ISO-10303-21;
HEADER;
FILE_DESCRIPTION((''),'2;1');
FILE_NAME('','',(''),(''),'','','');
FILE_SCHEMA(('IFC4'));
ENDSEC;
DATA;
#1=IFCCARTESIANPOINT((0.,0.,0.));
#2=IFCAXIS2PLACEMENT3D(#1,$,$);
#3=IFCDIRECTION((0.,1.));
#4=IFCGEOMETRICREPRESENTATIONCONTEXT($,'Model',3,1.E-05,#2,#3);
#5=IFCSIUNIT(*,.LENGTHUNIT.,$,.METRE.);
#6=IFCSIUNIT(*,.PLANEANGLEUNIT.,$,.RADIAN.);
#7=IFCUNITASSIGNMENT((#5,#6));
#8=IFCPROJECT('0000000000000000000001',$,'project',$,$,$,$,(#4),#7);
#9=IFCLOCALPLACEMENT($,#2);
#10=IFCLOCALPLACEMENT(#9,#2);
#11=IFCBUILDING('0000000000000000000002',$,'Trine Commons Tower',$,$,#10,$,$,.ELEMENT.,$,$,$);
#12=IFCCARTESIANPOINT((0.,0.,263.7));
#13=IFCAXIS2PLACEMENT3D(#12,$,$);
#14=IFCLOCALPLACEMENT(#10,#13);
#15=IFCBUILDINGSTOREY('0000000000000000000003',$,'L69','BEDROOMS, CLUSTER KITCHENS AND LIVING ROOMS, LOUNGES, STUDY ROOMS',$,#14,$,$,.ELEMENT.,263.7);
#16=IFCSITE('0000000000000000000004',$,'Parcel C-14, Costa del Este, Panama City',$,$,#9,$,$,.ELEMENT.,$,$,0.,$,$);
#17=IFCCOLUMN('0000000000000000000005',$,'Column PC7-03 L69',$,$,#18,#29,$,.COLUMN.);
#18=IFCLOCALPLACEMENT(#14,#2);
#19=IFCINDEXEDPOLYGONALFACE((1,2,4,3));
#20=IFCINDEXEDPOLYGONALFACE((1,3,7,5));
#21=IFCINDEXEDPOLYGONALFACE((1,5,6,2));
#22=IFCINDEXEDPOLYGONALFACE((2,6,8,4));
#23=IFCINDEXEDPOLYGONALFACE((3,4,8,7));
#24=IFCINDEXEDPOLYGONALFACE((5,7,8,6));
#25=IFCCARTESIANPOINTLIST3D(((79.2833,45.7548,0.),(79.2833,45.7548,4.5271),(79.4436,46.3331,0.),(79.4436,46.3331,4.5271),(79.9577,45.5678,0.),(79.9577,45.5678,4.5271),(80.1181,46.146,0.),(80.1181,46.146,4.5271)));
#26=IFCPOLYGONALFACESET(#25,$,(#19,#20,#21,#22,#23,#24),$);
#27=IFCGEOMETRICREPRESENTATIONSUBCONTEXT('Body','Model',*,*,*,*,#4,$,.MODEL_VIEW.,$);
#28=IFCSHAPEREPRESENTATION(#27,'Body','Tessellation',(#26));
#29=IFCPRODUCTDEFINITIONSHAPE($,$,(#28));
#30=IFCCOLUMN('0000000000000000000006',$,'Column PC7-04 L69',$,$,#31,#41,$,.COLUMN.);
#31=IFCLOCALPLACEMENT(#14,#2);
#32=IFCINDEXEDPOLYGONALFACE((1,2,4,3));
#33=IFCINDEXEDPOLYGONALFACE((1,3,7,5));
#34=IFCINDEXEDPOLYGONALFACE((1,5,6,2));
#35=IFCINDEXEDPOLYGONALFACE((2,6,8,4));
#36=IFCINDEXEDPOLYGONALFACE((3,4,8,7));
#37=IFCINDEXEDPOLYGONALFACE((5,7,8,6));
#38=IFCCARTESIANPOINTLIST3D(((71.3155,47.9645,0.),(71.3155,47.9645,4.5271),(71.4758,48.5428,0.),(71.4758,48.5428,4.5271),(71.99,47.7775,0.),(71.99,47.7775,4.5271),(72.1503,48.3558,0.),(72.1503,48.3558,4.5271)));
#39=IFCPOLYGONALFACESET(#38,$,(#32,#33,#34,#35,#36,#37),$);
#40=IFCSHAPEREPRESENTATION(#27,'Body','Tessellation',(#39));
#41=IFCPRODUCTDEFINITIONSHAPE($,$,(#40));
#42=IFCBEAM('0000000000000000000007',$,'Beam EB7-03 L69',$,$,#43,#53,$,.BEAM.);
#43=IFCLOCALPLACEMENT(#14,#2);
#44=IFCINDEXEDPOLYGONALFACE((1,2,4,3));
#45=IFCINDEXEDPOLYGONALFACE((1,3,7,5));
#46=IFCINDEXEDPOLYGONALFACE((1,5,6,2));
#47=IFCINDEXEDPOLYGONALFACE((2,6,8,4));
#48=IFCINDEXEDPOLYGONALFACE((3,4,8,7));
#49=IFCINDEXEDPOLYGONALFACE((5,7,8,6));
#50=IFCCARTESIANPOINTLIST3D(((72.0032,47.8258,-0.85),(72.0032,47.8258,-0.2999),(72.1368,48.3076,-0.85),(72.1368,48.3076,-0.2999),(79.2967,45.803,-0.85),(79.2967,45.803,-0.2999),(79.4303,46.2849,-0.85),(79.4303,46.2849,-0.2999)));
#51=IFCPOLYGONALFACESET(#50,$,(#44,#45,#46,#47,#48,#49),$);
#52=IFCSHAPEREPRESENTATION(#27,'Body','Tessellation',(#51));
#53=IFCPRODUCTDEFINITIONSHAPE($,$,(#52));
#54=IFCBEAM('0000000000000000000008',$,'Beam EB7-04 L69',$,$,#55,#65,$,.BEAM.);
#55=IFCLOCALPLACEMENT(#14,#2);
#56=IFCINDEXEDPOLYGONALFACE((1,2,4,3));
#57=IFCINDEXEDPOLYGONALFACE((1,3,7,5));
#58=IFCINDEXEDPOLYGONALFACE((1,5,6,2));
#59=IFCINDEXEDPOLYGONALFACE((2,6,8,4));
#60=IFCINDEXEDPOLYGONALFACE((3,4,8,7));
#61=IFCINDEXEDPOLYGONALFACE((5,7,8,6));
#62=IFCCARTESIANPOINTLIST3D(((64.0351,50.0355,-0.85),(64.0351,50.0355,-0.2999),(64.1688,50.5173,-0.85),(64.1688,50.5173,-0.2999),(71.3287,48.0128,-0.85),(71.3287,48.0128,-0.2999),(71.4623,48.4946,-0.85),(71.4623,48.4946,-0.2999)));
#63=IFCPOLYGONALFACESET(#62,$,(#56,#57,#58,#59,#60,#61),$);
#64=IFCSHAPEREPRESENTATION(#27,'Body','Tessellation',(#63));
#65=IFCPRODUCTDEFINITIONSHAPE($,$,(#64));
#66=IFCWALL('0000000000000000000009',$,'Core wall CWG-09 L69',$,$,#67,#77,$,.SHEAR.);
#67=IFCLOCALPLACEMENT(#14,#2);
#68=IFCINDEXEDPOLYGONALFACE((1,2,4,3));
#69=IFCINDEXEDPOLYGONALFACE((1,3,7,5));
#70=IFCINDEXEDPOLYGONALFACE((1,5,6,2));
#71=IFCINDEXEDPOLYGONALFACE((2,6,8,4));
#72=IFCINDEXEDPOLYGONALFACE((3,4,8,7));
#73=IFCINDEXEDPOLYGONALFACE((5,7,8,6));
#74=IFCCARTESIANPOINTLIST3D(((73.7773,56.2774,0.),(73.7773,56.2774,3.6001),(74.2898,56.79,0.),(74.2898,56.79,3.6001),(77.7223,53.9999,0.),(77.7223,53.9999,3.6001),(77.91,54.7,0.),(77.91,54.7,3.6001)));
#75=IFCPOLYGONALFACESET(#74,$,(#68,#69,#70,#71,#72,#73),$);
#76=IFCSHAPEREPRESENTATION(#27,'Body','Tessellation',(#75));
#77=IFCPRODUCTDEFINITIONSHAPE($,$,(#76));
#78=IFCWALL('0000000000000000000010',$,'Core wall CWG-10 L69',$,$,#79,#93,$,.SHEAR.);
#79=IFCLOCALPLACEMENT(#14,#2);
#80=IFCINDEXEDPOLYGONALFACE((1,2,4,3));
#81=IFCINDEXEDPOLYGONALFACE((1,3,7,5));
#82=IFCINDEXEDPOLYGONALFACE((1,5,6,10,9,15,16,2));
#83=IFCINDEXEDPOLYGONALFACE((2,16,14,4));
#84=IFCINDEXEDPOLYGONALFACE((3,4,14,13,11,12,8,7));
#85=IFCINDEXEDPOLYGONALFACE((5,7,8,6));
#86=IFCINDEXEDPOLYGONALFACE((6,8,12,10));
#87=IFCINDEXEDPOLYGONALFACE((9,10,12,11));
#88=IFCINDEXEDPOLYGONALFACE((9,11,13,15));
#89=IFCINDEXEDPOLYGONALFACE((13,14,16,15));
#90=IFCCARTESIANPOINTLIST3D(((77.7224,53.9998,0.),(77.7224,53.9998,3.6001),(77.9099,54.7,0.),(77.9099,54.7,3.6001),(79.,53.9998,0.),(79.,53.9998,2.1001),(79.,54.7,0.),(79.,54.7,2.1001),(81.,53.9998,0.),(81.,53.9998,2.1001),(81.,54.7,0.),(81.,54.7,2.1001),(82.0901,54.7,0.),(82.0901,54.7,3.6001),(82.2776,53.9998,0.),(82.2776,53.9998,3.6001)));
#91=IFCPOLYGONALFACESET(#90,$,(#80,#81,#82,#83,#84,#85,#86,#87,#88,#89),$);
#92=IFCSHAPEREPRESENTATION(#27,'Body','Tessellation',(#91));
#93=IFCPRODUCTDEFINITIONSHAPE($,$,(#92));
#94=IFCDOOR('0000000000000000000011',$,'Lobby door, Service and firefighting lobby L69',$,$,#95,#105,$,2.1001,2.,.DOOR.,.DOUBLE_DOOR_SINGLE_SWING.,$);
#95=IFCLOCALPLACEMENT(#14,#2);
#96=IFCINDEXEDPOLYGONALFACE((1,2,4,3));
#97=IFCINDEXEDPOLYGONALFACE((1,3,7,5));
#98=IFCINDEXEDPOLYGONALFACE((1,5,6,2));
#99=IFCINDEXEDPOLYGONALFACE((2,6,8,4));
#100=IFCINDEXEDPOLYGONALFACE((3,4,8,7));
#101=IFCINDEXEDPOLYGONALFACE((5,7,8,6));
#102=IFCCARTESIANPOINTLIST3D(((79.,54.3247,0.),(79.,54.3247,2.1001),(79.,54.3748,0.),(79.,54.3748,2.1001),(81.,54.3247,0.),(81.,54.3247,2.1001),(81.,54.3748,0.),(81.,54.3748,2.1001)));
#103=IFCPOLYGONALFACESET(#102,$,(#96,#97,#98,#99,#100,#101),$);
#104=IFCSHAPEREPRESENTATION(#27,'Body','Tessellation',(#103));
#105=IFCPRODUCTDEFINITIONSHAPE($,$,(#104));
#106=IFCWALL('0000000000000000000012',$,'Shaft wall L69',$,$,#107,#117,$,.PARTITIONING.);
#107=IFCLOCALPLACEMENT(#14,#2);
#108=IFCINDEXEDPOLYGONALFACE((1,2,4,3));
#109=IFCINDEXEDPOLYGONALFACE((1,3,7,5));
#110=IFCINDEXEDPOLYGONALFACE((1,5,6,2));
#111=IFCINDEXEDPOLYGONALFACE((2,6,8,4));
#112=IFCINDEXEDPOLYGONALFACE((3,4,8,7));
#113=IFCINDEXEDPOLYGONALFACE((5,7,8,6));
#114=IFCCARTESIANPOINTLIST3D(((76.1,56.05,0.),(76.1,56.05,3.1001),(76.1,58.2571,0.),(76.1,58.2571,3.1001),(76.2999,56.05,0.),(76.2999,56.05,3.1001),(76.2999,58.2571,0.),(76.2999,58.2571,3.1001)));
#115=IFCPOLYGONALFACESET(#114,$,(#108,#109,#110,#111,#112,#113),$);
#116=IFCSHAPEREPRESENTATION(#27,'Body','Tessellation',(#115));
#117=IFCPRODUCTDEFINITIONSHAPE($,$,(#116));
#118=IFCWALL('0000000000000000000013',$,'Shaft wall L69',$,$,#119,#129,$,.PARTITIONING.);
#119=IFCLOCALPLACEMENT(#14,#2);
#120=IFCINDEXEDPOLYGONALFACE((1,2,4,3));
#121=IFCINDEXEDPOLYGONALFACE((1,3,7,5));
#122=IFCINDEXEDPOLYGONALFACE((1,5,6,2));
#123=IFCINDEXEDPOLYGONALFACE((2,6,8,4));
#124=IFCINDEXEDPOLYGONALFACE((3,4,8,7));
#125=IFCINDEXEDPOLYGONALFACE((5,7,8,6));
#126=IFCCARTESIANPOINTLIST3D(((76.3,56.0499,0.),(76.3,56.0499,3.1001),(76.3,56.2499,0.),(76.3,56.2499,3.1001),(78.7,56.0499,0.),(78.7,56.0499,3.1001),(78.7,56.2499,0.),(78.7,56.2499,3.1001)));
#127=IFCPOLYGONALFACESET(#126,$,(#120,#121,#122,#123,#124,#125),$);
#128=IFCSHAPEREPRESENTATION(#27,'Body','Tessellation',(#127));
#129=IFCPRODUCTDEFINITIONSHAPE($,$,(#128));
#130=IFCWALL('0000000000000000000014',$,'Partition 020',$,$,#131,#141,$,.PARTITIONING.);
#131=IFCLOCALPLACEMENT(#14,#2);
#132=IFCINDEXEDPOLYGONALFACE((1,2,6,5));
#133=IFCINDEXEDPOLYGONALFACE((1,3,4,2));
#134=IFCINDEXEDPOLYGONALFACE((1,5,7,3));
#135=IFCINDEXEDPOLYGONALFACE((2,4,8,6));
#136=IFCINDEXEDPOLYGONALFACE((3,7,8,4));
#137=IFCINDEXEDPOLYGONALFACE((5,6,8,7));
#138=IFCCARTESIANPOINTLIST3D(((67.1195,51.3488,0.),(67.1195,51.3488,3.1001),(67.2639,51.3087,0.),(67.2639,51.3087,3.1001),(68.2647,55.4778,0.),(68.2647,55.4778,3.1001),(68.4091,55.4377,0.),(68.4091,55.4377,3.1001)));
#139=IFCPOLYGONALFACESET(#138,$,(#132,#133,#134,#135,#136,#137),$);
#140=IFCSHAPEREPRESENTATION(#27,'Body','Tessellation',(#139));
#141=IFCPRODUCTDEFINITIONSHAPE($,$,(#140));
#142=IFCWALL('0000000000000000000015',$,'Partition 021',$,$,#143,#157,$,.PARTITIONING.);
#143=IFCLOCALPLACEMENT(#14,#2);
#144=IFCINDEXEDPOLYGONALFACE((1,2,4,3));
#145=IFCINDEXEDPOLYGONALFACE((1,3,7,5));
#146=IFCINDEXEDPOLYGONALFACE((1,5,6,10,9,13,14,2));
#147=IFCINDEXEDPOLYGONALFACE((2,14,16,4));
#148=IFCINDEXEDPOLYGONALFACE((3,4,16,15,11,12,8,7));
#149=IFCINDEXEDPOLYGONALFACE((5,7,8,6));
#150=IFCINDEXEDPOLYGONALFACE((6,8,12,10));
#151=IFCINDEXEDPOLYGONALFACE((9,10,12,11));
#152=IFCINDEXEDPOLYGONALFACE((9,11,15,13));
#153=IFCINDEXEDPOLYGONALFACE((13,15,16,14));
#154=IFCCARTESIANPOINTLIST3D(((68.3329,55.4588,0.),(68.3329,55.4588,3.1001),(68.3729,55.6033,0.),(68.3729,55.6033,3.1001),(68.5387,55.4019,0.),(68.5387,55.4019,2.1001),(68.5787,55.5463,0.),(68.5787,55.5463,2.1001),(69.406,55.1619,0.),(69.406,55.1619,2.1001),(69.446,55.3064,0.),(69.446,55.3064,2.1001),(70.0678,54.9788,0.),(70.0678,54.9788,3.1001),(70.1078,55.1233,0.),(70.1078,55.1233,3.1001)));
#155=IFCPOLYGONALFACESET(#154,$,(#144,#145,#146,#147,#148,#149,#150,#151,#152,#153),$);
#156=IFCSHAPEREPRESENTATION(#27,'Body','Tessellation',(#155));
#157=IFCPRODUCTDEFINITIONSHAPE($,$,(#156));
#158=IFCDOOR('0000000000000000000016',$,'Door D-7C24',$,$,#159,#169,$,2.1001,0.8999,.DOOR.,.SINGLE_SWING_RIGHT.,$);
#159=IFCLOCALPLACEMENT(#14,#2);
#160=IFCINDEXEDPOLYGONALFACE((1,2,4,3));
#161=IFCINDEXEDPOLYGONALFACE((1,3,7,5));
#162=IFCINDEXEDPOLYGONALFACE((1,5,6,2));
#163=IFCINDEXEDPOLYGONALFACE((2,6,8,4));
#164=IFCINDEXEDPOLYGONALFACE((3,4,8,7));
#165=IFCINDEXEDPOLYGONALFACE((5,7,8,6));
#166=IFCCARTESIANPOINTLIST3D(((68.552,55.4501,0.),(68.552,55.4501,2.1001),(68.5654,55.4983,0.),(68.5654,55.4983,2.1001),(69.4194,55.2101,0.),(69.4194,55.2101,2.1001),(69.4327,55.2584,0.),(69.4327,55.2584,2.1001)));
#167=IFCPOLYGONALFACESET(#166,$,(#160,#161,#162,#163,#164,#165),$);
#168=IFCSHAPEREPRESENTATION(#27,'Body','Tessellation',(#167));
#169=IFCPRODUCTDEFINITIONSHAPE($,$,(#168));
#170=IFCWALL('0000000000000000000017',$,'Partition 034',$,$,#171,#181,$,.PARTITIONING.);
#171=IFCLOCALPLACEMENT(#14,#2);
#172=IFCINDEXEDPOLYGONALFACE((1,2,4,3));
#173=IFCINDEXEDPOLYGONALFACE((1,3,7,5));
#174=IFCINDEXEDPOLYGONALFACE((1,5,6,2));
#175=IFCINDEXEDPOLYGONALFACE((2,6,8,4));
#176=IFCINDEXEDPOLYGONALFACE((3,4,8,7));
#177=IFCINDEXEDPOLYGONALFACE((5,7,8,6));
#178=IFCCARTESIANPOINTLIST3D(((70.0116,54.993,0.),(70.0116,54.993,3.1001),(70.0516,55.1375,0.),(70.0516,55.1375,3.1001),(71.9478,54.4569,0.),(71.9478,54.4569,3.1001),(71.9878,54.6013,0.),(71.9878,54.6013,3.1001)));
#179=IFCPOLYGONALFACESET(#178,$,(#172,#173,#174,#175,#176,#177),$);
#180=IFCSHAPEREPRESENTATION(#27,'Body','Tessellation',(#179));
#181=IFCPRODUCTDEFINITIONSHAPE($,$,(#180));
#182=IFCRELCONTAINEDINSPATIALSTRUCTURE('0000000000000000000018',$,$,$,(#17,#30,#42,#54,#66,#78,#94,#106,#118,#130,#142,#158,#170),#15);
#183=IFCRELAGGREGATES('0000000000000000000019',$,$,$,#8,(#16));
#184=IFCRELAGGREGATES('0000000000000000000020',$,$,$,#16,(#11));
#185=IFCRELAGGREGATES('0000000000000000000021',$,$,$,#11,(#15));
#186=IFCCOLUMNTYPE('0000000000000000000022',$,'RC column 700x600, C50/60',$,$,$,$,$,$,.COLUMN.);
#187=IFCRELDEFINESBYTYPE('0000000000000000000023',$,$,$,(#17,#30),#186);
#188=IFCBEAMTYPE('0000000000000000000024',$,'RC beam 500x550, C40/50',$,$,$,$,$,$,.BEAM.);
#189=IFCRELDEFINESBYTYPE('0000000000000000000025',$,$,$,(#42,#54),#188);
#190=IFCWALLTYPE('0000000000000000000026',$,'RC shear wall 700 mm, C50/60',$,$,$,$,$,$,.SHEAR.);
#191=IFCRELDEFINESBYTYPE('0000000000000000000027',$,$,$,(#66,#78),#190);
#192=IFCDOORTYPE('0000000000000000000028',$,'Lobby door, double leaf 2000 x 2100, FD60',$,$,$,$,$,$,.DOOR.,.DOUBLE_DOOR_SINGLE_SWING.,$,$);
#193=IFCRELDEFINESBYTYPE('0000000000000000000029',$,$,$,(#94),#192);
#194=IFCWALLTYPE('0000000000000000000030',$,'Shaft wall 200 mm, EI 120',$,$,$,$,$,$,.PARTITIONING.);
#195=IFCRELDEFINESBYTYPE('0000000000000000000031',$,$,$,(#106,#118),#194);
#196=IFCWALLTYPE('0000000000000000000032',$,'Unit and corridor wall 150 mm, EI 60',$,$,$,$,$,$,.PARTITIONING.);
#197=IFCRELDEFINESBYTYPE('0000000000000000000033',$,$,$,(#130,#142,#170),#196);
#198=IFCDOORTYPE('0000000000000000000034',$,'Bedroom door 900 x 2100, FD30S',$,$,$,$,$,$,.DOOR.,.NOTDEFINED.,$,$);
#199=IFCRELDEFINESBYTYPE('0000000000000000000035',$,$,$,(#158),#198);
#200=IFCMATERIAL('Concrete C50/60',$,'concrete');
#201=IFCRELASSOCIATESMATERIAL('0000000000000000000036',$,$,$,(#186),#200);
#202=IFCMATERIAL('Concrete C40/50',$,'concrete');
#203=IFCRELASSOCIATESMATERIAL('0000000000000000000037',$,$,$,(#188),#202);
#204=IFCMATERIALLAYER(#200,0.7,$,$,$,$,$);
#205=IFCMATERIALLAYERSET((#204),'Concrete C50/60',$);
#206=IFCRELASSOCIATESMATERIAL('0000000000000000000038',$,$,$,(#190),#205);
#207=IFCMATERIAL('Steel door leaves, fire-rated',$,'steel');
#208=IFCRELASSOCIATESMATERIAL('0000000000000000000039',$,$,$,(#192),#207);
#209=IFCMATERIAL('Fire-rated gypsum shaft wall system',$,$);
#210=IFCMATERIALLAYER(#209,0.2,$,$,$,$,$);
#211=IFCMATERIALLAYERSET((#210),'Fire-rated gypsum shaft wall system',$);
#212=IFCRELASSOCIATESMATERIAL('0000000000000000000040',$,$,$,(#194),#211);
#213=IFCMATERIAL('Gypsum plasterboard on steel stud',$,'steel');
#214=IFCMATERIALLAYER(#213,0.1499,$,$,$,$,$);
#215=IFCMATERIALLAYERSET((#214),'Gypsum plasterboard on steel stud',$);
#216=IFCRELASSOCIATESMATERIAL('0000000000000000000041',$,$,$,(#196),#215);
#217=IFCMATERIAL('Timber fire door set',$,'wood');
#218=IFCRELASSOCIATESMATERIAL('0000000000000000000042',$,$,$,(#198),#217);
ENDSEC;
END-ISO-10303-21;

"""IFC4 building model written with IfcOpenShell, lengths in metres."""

from ifc_helpers import new_model, si_unit, direction, frame, frame_2d, origin, origin_2d, place, context, subcontext, project, spatial, polyline, rectangle, outline, extrude, material, layer, layer_set, material_profile, profile_set, type_object, element, fill, save


model = new_model("IFC4")

# Units and contexts
model_context = context("Model", 3, precision=1e-05, world=origin(), true_north=direction((0.0, 1.0)))
body_context = subcontext(model_context, "Body", "Model", "MODEL_VIEW")
ifc_project = project(units=[si_unit("LENGTHUNIT", "METRE"), si_unit("PLANEANGLEUNIT", "RADIAN")], contexts=[model_context])

# Site, building, storey
site_placement = place(None, origin())
site = spatial("IfcSite", under=ifc_project, at=site_placement, Name="Parcel C-14, Costa del Este, Panama City", CompositionType="ELEMENT", RefElevation=0.0)
building_placement = place(site_placement, origin())
building = spatial("IfcBuilding", under=site, at=building_placement, Name="Trine Commons Tower", CompositionType="ELEMENT")
storey_placement = place(building_placement, frame((0.0, 0.0, 263.7)))
storey = spatial("IfcBuildingStorey", under=building, at=storey_placement, Name="L69", Description="BEDROOMS, CLUSTER KITCHENS AND LIVING ROOMS, LOUNGES, STUDY ROOMS", CompositionType="ELEMENT", Elevation=263.7)

# Columns
ifc_material_1 = material(Name="Concrete C50/60", Category="concrete")
ifc_material_profile_1 = material_profile(ifc_material_1, rectangle(XDim=0.7, YDim=0.6001, at=origin_2d()), Name="RC 700x600")
ifc_profile_set_1 = profile_set([ifc_material_profile_1], Name="Concrete C50/60")
column_type = type_object("IfcColumnType", Name="RC column 700x600, C50/60", PredefinedType="COLUMN", material=ifc_profile_set_1)
for number, where, z_axis, x_axis, name in (
    (1, (79.7007, 45.9504, 0.0), (0.0, 0.0, 1.0), (-0.96363, 0.267238, 0.0), "Column PC7-03 L69"),
    (2, (71.7329, 48.1602, 0.0), (0.0, 0.0, 1.0), (-0.96363, 0.267238, 0.0), "Column PC7-04 L69"),
):
    element("IfcColumn", number, at=place(storey_placement, frame(where, z_axis=z_axis, x_axis=x_axis)), inside=storey, type_object=column_type, Name=name, PredefinedType="COLUMN", context=body_context, shape_type="SweptSolid", body=[
        extrude(rectangle(XDim=0.7, YDim=0.6001, at=origin_2d()), origin(), (0.0, 0.0, 1.0), 4.5271),
    ])

# Beams
ifc_material_2 = material(Name="Concrete C40/50", Category="concrete")
ifc_material_profile_2 = material_profile(ifc_material_2, rectangle(XDim=0.5, YDim=0.55, at=origin_2d()), Name="RC 500x550")
ifc_profile_set_2 = profile_set([ifc_material_profile_2], Name="Concrete C40/50")
beam_type = type_object("IfcBeamType", Name="RC beam 500x550, C40/50", PredefinedType="BEAM", material=ifc_profile_set_2)
for number, where, z_axis, x_axis, name in (
    (3, (79.3635, 46.0439, -0.575), (-0.963629, 0.267245, 0.0), (-0.267245, -0.963629, 0.0), "Beam EB7-03 L69"),
    (4, (71.3955, 48.2537, -0.575), (-0.963629, 0.267245, 0.0), (-0.267245, -0.963629, 0.0), "Beam EB7-04 L69"),
):
    element("IfcBeam", number, at=place(storey_placement, frame(where, z_axis=z_axis, x_axis=x_axis)), inside=storey, type_object=beam_type, Name=name, PredefinedType="BEAM", context=body_context, shape_type="SweptSolid", body=[
        extrude(rectangle(XDim=0.5, YDim=0.55, at=origin_2d()), origin(), (0.0, 0.0, 1.0), 7.5688),
    ])

# Wall
ifc_layer_1 = layer(ifc_material_1, 0.7)
ifc_layer_set_1 = layer_set([ifc_layer_1], Name="Concrete C50/60")
wall_type_1 = type_object("IfcWallType", Name="RC shear wall 700 mm, C50/60", PredefinedType="SHEAR", material=ifc_layer_set_1)
wall_1_placement = place(storey_placement, frame((73.9524, 56.5806, 0.0), z_axis=(0.0, 0.0, 1.0), x_axis=(0.866035, -0.499984, 0.0)))
element("IfcWall", 5, at=wall_1_placement, inside=storey, type_object=wall_type_1, Name="Core wall CWG-09 L69", PredefinedType="SHEAR", context=body_context, shape_type="SweptSolid", body=[
    extrude(outline(polyline([(0.0, -0.3501), (4.5552, -0.3501), (4.3677, 0.3501), (0.1875, 0.3501), (0.0, -0.3501)])), origin(), (0.0, 0.0, 1.0), 3.6001),
])

# Wall, opening, door
wall_2_placement = place(storey_placement, frame((77.7224, 54.3499, 0.0), z_axis=(0.0, 0.0, 1.0), x_axis=(1.0, 0.0, 0.0)))
wall_2 = element("IfcWall", 6, at=wall_2_placement, inside=storey, type_object=wall_type_1, Name="Core wall CWG-10 L69", PredefinedType="SHEAR", context=body_context, shape_type="SweptSolid", body=[
    extrude(outline(polyline([(0.0, -0.3501), (4.5552, -0.3501), (4.3677, 0.3501), (0.1875, 0.3501), (0.0, -0.3501)])), origin(), (0.0, 0.0, 1.0), 3.6001),
])
opening_1_placement = place(wall_2_placement, frame((1.2776, 0.0, 0.0)))
opening_1 = element("IfcOpeningElement", 7, at=opening_1_placement, cuts=wall_2, PredefinedType="OPENING", context=body_context, shape_type="SweptSolid", body=[
    extrude(rectangle(XDim=2.0, YDim=2.1001, at=frame_2d((1.0, 1.05))), frame((0.0, 0.3599, 0.0), z_axis=(0.0, -1.0, 0.0), x_axis=(1.0, 0.0, 0.0)), (0.0, 0.0, 1.0), 0.72),
])
ifc_material_3 = material(Name="Steel door leaves, fire-rated", Category="steel")
door_type_1 = type_object("IfcDoorType", Name="Lobby door, double leaf 2000 x 2100, FD60", OperationType="DOUBLE_DOOR_SINGLE_SWING", PredefinedType="DOOR", material=ifc_material_3)
door_1_placement = place(opening_1_placement, origin())
door_1 = element("IfcDoor", 8, at=door_1_placement, inside=storey, type_object=door_type_1, Name="Lobby door, Service and firefighting lobby L69", OperationType="DOUBLE_DOOR_SINGLE_SWING", OverallHeight=2.1001, OverallWidth=2.0, PredefinedType="DOOR", context=body_context, shape_type="SweptSolid", body=[
    extrude(rectangle(XDim=2.0, YDim=2.1001, at=frame_2d((1.0, 1.05))), frame((0.0, 0.0249, 0.0), z_axis=(0.0, -1.0, 0.0), x_axis=(1.0, 0.0, 0.0)), (0.0, 0.0, 1.0), 0.05),
])
fill(opening_1, door_1)

# Walls
ifc_material_4 = material(Name="Fire-rated gypsum shaft wall system")
ifc_layer_2 = layer(ifc_material_4, 0.2)
ifc_layer_set_2 = layer_set([ifc_layer_2], Name="Fire-rated gypsum shaft wall system")
wall_type_2 = type_object("IfcWallType", Name="Shaft wall 200 mm, EI 120", PredefinedType="PARTITIONING", material=ifc_layer_set_2)
wall_3_placement = place(storey_placement, frame((76.2, 58.2571, 0.0), z_axis=(0.0, 0.0, 1.0), x_axis=(0.0, -1.0, 0.0)))
element("IfcWall", 9, at=wall_3_placement, inside=storey, type_object=wall_type_2, Name="Shaft wall L69", PredefinedType="PARTITIONING", context=body_context, shape_type="SweptSolid", body=[
    extrude(rectangle(XDim=2.207, YDim=0.2, at=frame_2d((1.1035, 0.0))), origin(), (0.0, 0.0, 1.0), 3.1001),
])
wall_4_placement = place(storey_placement, frame((78.7, 56.1499, 0.0), z_axis=(0.0, 0.0, 1.0), x_axis=(-1.0, 0.0, 0.0)))
element("IfcWall", 10, at=wall_4_placement, inside=storey, type_object=wall_type_2, Name="Shaft wall L69", PredefinedType="PARTITIONING", context=body_context, shape_type="SweptSolid", body=[
    extrude(rectangle(XDim=2.3999, YDim=0.2, at=frame_2d((1.2, 0.0))), origin(), (0.0, 0.0, 1.0), 3.1001),
])
ifc_material_5 = material(Name="Gypsum plasterboard on steel stud", Category="steel")
ifc_layer_3 = layer(ifc_material_5, 0.1499)
ifc_layer_set_3 = layer_set([ifc_layer_3], Name="Gypsum plasterboard on steel stud")
wall_type_3 = type_object("IfcWallType", Name="Unit and corridor wall 150 mm, EI 60", PredefinedType="PARTITIONING", material=ifc_layer_set_3)
wall_5_placement = place(storey_placement, frame((67.1917, 51.3286, 0.0), z_axis=(0.0, 0.0, 1.0), x_axis=(0.267271, 0.963622, 0.0)))
element("IfcWall", 11, at=wall_5_placement, inside=storey, type_object=wall_type_3, Name="Partition 020", PredefinedType="PARTITIONING", context=body_context, shape_type="SweptSolid", body=[
    extrude(rectangle(XDim=4.2849, YDim=0.1499, at=frame_2d((2.1426, 0.0))), origin(), (0.0, 0.0, 1.0), 3.1001),
])

# Wall, opening, door
wall_6_placement = place(storey_placement, frame((68.353, 55.531, 0.0), z_axis=(0.0, 0.0, 1.0), x_axis=(0.963793, -0.26665, 0.0)))
wall_6 = element("IfcWall", 12, at=wall_6_placement, inside=storey, type_object=wall_type_3, Name="Partition 021", PredefinedType="PARTITIONING", context=body_context, shape_type="SweptSolid", body=[
    extrude(rectangle(XDim=1.8, YDim=0.1499, at=frame_2d((0.8999, 0.0))), origin(), (0.0, 0.0, 1.0), 3.1001),
])
opening_2_placement = place(wall_6_placement, frame((0.2134, 0.0, 0.0)))
opening_2 = element("IfcOpeningElement", 13, at=opening_2_placement, cuts=wall_6, PredefinedType="OPENING", context=body_context, shape_type="SweptSolid", body=[
    extrude(rectangle(XDim=0.8999, YDim=2.1001, at=frame_2d((0.45, 1.05))), frame((0.0, 0.085, 0.0), z_axis=(0.0, -1.0, 0.0), x_axis=(1.0, 0.0, 0.0)), (0.0, 0.0, 1.0), 0.1699),
])
ifc_material_6 = material(Name="Timber fire door set", Category="wood")
door_type_2 = type_object("IfcDoorType", Name="Bedroom door 900 x 2100, FD30S", OperationType="NOTDEFINED", PredefinedType="DOOR", material=ifc_material_6)
door_2_placement = place(opening_2_placement, frame((0.8999, 0.0, 0.0), z_axis=(0.0, 0.0, 1.0), x_axis=(-1.0, 0.0, 0.0)))
door_2 = element("IfcDoor", 14, at=door_2_placement, inside=storey, type_object=door_type_2, Name="Door D-7C24", OperationType="SINGLE_SWING_RIGHT", OverallHeight=2.1001, OverallWidth=0.8999, PredefinedType="DOOR", context=body_context, shape_type="SweptSolid", body=[
    extrude(rectangle(XDim=0.8999, YDim=2.1001, at=frame_2d((0.45, 1.05))), frame((0.0, 0.0249, 0.0), z_axis=(0.0, -1.0, 0.0), x_axis=(1.0, 0.0, 0.0)), (0.0, 0.0, 1.0), 0.05),
])
fill(opening_2, door_2)

# Wall
wall_7_placement = place(storey_placement, frame((70.0317, 55.0652, 0.0), z_axis=(0.0, 0.0, 1.0), x_axis=(0.963739, -0.266848, 0.0)))
element("IfcWall", 15, at=wall_7_placement, inside=storey, type_object=wall_type_3, Name="Partition 034", PredefinedType="PARTITIONING", context=body_context, shape_type="SweptSolid", body=[
    extrude(rectangle(XDim=2.009, YDim=0.1499, at=frame_2d((1.0044, 0.0))), origin(), (0.0, 0.0, 1.0), 3.1001),
])

save(model, "model.ifc")
